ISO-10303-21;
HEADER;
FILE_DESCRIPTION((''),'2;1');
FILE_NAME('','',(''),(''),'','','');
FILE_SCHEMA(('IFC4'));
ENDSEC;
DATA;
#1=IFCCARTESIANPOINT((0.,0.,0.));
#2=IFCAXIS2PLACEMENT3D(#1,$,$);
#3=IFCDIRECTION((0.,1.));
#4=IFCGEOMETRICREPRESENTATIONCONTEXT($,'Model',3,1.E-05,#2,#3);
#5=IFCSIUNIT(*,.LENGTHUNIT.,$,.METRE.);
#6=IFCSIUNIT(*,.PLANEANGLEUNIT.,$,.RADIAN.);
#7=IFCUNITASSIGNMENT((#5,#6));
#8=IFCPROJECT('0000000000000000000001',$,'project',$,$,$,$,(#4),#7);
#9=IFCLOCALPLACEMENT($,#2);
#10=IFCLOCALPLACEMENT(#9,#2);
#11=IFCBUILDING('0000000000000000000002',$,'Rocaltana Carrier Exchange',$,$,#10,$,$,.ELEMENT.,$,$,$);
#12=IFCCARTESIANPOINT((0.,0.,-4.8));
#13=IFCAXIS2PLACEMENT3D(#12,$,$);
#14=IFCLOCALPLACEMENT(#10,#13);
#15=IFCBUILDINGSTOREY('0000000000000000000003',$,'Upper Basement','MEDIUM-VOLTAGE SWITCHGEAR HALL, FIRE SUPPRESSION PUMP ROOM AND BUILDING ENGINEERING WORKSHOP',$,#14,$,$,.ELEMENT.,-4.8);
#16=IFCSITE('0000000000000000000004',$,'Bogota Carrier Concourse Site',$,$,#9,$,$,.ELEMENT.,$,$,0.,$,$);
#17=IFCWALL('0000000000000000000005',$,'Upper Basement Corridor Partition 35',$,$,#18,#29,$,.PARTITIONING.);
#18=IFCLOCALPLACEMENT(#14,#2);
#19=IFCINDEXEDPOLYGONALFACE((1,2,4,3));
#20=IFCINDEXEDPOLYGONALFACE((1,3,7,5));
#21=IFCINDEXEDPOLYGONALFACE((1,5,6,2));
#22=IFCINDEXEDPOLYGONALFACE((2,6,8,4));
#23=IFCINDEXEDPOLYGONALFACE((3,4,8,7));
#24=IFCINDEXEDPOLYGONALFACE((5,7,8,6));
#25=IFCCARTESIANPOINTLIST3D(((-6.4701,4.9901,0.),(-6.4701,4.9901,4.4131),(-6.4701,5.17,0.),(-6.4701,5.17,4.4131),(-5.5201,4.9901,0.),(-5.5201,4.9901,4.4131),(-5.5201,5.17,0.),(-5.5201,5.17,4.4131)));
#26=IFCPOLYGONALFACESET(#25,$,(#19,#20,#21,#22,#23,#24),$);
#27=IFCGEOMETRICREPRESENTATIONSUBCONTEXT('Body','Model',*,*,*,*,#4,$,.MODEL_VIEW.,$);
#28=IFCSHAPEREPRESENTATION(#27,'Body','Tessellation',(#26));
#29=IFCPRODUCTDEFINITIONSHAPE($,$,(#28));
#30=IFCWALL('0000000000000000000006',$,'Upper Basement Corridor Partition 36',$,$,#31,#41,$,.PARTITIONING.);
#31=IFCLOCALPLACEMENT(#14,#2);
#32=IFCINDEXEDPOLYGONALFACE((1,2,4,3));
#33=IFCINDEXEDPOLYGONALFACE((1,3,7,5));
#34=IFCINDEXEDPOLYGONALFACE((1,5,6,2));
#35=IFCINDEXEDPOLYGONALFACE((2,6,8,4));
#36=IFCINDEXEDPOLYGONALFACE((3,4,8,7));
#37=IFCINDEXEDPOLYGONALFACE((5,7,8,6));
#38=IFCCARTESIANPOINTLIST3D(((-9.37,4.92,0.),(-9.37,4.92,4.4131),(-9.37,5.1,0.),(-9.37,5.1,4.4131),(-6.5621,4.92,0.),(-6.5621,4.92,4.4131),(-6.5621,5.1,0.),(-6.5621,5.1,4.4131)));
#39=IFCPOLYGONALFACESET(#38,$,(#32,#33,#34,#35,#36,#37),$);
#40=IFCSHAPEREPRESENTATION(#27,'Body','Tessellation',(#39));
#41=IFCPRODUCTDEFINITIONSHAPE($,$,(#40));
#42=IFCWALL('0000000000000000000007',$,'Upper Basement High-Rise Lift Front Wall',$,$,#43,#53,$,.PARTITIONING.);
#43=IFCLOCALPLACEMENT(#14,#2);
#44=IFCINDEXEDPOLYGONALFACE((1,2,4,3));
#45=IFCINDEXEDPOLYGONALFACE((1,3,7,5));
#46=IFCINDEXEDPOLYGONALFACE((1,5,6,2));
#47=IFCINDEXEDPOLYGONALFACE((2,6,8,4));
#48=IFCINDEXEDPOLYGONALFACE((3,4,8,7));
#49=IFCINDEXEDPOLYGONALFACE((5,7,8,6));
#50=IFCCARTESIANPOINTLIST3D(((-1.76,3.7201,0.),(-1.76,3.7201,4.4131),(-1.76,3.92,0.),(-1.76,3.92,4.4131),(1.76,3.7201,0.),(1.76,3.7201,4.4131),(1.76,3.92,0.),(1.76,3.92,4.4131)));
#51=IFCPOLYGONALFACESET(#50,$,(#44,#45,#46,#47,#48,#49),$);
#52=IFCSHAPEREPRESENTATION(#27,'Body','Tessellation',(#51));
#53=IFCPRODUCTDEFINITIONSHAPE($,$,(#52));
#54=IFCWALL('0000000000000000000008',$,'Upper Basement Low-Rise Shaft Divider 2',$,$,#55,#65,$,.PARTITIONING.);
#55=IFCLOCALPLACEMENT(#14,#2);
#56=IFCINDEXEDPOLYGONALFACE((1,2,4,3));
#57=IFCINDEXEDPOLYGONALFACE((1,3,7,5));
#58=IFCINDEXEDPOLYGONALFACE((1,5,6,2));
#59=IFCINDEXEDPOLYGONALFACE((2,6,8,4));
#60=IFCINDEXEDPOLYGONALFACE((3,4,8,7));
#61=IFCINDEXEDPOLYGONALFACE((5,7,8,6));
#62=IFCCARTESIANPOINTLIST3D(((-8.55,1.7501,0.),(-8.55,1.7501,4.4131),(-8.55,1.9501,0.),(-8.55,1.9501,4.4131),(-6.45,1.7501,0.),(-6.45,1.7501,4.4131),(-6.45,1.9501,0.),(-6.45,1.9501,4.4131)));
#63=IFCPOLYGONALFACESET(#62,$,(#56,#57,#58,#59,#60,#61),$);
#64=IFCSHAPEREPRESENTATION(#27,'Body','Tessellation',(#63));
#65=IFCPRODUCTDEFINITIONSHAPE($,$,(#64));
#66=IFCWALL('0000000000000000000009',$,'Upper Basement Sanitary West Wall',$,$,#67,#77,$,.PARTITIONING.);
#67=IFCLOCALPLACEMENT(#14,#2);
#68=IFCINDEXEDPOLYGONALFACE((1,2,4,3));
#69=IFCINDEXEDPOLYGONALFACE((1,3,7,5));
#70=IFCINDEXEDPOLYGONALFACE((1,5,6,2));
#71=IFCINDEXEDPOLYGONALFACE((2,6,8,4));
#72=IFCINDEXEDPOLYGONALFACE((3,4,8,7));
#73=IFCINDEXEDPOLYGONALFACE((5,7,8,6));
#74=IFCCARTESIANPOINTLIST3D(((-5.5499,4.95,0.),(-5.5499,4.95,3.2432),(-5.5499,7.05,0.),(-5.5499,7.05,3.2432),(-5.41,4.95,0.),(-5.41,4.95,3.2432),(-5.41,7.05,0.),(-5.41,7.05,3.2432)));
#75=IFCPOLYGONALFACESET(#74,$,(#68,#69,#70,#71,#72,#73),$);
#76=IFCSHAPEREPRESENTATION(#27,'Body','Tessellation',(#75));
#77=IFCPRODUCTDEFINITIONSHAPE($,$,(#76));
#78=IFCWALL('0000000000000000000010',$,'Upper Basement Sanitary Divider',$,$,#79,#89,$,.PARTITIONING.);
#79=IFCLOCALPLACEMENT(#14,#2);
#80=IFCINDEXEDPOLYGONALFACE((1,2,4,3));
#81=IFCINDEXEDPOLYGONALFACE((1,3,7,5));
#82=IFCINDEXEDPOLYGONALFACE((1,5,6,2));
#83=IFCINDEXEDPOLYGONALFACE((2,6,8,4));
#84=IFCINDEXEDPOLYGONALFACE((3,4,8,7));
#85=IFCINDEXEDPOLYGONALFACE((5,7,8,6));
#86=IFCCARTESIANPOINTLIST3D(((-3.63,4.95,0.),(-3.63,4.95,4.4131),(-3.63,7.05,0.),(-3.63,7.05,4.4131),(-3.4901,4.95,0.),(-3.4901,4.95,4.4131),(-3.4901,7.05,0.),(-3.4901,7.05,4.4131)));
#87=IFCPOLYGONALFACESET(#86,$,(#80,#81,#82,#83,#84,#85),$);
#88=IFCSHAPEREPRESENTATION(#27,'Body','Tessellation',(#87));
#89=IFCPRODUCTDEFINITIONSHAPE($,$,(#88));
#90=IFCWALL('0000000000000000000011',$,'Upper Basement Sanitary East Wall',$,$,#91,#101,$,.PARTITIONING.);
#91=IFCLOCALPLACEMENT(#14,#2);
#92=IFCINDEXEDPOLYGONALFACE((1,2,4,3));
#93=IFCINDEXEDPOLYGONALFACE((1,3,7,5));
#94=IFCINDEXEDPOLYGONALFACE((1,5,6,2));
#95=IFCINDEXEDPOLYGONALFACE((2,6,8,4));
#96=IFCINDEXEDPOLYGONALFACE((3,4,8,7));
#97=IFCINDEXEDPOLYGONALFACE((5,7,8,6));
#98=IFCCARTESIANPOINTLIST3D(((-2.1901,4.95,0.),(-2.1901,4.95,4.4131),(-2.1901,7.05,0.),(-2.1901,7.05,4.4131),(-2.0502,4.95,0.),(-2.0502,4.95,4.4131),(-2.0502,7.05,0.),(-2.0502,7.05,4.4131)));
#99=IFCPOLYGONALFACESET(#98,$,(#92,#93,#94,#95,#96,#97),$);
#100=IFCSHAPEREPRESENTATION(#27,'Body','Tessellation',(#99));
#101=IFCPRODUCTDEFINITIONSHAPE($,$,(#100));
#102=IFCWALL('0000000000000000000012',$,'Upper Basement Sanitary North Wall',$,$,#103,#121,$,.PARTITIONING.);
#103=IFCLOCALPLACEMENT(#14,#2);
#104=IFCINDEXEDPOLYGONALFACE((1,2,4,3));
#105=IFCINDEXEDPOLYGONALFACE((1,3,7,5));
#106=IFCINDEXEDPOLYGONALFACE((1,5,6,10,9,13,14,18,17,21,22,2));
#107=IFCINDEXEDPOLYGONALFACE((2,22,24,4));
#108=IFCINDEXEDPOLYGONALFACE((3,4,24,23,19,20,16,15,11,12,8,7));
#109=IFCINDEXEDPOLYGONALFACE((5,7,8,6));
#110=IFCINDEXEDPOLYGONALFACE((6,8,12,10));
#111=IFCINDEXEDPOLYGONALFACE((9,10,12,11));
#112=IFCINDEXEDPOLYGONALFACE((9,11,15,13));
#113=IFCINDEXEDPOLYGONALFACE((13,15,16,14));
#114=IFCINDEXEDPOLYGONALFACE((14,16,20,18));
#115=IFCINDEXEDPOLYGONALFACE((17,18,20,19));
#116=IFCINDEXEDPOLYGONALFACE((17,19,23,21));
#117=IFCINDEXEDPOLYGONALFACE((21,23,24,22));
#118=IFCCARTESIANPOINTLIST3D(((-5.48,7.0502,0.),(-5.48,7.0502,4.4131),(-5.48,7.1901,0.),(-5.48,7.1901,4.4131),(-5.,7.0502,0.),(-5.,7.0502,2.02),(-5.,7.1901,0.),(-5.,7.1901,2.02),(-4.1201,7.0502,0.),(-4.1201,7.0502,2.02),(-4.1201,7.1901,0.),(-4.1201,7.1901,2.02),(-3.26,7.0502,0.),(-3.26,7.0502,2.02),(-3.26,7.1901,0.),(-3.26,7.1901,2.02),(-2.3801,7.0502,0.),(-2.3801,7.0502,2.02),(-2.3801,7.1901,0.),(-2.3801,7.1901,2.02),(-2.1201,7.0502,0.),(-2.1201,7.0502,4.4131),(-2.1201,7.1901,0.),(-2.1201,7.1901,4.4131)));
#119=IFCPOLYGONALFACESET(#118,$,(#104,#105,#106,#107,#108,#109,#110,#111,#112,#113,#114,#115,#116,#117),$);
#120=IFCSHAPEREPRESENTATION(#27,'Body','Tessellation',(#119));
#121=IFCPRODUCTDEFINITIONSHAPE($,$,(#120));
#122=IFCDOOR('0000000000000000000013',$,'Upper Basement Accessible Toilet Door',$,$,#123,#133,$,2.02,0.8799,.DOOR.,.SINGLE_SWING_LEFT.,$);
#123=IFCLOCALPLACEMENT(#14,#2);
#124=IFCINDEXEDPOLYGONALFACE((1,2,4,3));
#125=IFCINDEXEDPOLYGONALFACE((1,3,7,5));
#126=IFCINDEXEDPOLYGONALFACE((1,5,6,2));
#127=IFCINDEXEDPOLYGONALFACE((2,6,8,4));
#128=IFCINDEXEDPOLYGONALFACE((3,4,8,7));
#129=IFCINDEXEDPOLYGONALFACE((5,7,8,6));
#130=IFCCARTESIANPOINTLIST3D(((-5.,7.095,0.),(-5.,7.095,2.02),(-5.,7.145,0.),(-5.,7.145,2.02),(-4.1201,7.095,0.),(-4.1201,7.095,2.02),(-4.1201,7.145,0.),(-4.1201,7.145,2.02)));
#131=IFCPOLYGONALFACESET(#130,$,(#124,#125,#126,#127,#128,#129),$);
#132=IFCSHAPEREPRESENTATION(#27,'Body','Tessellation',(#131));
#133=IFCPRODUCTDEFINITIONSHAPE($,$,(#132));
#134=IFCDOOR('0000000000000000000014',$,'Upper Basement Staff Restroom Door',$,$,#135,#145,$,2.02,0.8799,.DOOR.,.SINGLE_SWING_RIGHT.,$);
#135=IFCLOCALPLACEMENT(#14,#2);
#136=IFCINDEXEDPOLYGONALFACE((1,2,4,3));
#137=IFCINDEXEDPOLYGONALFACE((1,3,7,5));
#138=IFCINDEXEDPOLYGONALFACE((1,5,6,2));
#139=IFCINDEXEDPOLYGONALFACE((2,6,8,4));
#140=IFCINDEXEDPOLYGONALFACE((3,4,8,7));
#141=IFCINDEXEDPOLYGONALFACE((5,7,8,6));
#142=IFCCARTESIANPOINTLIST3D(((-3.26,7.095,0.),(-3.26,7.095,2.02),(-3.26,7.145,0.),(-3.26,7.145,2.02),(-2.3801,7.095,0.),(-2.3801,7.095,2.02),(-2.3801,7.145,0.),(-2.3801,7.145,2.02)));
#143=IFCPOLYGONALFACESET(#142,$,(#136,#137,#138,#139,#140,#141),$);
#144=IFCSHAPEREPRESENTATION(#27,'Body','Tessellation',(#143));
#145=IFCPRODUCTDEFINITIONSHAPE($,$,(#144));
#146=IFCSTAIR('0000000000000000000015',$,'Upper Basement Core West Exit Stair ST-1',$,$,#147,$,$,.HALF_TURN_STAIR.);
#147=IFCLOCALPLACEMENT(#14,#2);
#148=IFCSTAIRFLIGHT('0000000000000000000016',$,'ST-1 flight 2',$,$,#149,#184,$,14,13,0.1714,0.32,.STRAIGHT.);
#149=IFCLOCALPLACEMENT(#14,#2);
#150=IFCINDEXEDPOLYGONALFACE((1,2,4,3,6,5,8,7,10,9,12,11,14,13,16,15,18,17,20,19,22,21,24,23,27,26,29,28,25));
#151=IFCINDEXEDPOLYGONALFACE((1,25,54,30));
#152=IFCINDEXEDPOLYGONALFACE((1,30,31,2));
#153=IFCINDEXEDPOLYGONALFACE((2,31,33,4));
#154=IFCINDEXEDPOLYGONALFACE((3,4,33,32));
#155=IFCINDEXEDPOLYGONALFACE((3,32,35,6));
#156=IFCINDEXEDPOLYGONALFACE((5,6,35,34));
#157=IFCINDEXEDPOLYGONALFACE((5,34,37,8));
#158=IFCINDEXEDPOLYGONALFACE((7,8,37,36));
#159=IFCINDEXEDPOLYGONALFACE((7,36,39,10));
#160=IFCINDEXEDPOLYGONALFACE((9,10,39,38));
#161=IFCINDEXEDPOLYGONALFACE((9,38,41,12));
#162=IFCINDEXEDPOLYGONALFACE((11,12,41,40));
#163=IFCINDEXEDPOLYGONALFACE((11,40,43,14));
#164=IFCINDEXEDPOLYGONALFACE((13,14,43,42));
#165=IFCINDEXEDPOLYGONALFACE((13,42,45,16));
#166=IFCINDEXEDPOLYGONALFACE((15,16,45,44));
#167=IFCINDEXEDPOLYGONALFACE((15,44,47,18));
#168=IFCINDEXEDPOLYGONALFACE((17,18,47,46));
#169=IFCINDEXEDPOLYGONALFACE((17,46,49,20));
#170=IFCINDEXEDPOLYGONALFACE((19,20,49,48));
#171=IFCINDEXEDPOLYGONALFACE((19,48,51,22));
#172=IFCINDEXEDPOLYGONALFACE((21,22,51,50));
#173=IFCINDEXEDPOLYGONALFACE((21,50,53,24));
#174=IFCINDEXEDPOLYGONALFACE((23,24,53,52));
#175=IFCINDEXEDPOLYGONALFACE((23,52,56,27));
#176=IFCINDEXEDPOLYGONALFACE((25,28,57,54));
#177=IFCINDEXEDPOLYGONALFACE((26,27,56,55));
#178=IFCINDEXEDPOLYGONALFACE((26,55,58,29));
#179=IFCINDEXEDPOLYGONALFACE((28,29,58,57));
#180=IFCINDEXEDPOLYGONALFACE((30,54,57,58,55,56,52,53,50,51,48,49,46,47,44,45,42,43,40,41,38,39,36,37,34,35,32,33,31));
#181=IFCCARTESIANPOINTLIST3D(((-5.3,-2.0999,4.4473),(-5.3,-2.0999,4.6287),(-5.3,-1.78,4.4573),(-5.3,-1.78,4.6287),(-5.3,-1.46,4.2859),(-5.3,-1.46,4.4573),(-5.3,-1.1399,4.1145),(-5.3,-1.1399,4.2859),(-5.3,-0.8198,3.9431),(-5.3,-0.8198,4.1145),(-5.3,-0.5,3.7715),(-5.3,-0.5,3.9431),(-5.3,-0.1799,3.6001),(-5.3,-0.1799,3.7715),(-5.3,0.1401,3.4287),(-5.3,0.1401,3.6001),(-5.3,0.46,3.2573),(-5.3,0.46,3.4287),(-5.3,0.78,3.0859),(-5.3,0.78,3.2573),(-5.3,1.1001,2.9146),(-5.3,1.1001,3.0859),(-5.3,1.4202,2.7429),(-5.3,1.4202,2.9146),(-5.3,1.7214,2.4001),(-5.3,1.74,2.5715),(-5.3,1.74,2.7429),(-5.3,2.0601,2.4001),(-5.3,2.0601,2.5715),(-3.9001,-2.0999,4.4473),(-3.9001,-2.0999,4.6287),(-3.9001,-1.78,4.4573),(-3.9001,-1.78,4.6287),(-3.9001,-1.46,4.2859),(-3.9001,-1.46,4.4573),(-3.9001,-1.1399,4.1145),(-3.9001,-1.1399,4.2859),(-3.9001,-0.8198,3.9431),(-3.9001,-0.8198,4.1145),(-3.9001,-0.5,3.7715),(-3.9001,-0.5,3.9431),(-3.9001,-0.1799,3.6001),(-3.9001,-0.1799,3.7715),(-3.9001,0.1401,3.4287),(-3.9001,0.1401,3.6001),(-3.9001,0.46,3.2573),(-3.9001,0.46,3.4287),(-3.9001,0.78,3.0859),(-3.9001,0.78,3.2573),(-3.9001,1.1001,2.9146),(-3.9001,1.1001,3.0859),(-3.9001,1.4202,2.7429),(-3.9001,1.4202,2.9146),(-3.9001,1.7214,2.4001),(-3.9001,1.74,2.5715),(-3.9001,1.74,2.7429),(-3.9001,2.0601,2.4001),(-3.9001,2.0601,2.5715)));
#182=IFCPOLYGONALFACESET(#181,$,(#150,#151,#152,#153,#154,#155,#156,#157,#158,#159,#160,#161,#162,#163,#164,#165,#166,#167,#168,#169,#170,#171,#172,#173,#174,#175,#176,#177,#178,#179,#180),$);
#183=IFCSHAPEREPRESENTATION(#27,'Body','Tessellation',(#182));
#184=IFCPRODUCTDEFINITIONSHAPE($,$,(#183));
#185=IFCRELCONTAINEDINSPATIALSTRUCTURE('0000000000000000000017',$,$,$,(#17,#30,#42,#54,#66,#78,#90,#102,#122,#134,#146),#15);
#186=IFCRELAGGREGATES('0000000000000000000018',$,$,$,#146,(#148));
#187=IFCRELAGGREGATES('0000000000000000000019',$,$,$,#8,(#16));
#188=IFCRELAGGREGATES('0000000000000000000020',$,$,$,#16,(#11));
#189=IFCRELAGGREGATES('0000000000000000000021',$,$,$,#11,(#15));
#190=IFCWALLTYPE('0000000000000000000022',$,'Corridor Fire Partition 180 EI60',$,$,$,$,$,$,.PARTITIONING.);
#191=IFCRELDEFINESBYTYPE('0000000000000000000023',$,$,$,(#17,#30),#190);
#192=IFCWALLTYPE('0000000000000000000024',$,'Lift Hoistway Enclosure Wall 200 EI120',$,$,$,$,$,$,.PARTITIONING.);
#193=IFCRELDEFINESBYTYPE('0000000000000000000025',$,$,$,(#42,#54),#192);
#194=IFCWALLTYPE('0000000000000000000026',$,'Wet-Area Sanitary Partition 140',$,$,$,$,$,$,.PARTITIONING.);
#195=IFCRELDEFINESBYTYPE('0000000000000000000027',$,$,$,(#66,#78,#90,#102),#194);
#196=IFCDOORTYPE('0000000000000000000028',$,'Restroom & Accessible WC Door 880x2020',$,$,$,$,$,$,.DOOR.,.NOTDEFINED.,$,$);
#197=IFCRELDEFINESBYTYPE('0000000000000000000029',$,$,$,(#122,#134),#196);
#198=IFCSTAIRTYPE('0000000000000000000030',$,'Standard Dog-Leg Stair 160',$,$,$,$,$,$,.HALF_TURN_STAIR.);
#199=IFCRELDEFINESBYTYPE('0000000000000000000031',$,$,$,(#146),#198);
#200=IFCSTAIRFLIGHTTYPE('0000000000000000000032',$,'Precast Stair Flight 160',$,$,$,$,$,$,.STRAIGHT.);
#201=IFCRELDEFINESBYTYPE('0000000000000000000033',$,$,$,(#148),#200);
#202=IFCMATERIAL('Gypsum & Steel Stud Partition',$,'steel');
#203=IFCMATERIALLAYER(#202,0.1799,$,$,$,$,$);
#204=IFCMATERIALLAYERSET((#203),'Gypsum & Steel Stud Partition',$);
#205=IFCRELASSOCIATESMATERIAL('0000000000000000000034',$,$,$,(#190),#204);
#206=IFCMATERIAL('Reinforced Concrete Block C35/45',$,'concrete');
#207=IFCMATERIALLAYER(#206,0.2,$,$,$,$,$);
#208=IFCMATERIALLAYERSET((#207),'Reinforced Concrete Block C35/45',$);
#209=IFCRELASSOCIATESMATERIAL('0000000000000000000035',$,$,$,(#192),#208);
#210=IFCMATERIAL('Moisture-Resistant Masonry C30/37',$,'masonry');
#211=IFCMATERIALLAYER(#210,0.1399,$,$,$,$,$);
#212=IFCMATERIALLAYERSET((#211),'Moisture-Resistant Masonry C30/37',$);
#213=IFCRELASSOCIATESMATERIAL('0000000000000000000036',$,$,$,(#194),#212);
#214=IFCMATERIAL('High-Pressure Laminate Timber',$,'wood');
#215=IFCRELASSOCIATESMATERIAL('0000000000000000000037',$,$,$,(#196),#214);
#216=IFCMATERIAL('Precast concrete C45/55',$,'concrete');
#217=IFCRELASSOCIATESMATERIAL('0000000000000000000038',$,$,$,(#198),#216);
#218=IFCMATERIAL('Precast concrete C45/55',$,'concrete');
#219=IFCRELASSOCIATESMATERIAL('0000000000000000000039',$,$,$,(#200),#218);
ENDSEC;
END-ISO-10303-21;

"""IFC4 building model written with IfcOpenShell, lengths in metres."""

from ifc_helpers import new_model, si_unit, direction, frame, frame_2d, origin, place, context, subcontext, project, spatial, polyline, rectangle, outline, extrude, material, layer, layer_set, type_object, element, fill, aggregate, save


model = new_model("IFC4")

# Units and contexts
model_context = context("Model", 3, precision=1e-05, world=origin(), true_north=direction((0.0, 1.0)))
body_context = subcontext(model_context, "Body", "Model", "MODEL_VIEW")
ifc_project = project(units=[si_unit("LENGTHUNIT", "METRE"), si_unit("PLANEANGLEUNIT", "RADIAN")], contexts=[model_context])

# Site, building, storey
site_placement = place(None, origin())
site = spatial("IfcSite", under=ifc_project, at=site_placement, Name="Bogota Carrier Concourse Site", CompositionType="ELEMENT", RefElevation=0.0)
building_placement = place(site_placement, origin())
building = spatial("IfcBuilding", under=site, at=building_placement, Name="Rocaltana Carrier Exchange", CompositionType="ELEMENT")
storey_placement = place(building_placement, frame((0.0, 0.0, -4.8)))
storey = spatial("IfcBuildingStorey", under=building, at=storey_placement, Name="Upper Basement", Description="MEDIUM-VOLTAGE SWITCHGEAR HALL, FIRE SUPPRESSION PUMP ROOM AND BUILDING ENGINEERING WORKSHOP", CompositionType="ELEMENT", Elevation=-4.8)

# Walls
ifc_material_1 = material(Name="Gypsum & Steel Stud Partition", Category="steel")
ifc_layer_1 = layer(ifc_material_1, 0.1799)
ifc_layer_set_1 = layer_set([ifc_layer_1], Name="Gypsum & Steel Stud Partition")
wall_type_1 = type_object("IfcWallType", Name="Corridor Fire Partition 180 EI60", PredefinedType="PARTITIONING", material=ifc_layer_set_1)
wall_1_placement = place(storey_placement, frame((-5.52, 5.0801, 0.0), z_axis=(0.0, 0.0, 1.0), x_axis=(-1.0, 0.0, 0.0)))
element("IfcWall", 1, at=wall_1_placement, inside=storey, type_object=wall_type_1, Name="Upper Basement Corridor Partition 35", PredefinedType="PARTITIONING", context=body_context, shape_type="SweptSolid", body=[
    extrude(rectangle(XDim=0.95, YDim=0.1799, at=frame_2d((0.4751, 0.0))), origin(), (0.0, 0.0, 1.0), 4.4131),
])
wall_2_placement = place(storey_placement, frame((-6.5623, 5.01, 0.0), z_axis=(0.0, 0.0, 1.0), x_axis=(-1.0, 0.0, 0.0)))
element("IfcWall", 2, at=wall_2_placement, inside=storey, type_object=wall_type_1, Name="Upper Basement Corridor Partition 36", PredefinedType="PARTITIONING", context=body_context, shape_type="SweptSolid", body=[
    extrude(rectangle(XDim=2.8079, YDim=0.1799, at=frame_2d((1.4038, 0.0))), origin(), (0.0, 0.0, 1.0), 4.4131),
])
ifc_material_2 = material(Name="Reinforced Concrete Block C35/45", Category="concrete")
ifc_layer_2 = layer(ifc_material_2, 0.2)
ifc_layer_set_2 = layer_set([ifc_layer_2], Name="Reinforced Concrete Block C35/45")
wall_type_2 = type_object("IfcWallType", Name="Lift Hoistway Enclosure Wall 200 EI120", PredefinedType="PARTITIONING", material=ifc_layer_set_2)
wall_3_placement = place(storey_placement, frame((-1.76, 3.8201, 0.0), z_axis=(0.0, 0.0, 1.0), x_axis=(1.0, 0.0, 0.0)))
element("IfcWall", 3, at=wall_3_placement, inside=storey, type_object=wall_type_2, Name="Upper Basement High-Rise Lift Front Wall", PredefinedType="PARTITIONING", context=body_context, shape_type="SweptSolid", body=[
    extrude(rectangle(XDim=3.52, YDim=0.2, at=frame_2d((1.76, 0.0))), origin(), (0.0, 0.0, 1.0), 4.4131),
])
wall_4_placement = place(storey_placement, frame((-8.55, 1.8501, 0.0), z_axis=(0.0, 0.0, 1.0), x_axis=(1.0, 0.0, 0.0)))
element("IfcWall", 4, at=wall_4_placement, inside=storey, type_object=wall_type_2, Name="Upper Basement Low-Rise Shaft Divider 2", PredefinedType="PARTITIONING", context=body_context, shape_type="SweptSolid", body=[
    extrude(rectangle(XDim=2.1001, YDim=0.2, at=frame_2d((1.05, 0.0))), origin(), (0.0, 0.0, 1.0), 4.4131),
])
ifc_material_3 = material(Name="Moisture-Resistant Masonry C30/37", Category="masonry")
ifc_layer_3 = layer(ifc_material_3, 0.1399)
ifc_layer_set_3 = layer_set([ifc_layer_3], Name="Moisture-Resistant Masonry C30/37")
wall_type_3 = type_object("IfcWallType", Name="Wet-Area Sanitary Partition 140", PredefinedType="PARTITIONING", material=ifc_layer_set_3)
wall_5_placement = place(storey_placement, frame((-5.48, 4.95, 0.0), z_axis=(0.0, 0.0, 1.0), x_axis=(0.0, 1.0, 0.0)))
element("IfcWall", 5, at=wall_5_placement, inside=storey, type_object=wall_type_3, Name="Upper Basement Sanitary West Wall", PredefinedType="PARTITIONING", context=body_context, shape_type="SweptSolid", body=[
    extrude(rectangle(XDim=2.1001, YDim=0.1399, at=frame_2d((1.05, 0.0))), origin(), (0.0, 0.0, 1.0), 3.2432),
])
for number, where, z_axis, x_axis, name in (
    (6, (-3.5601, 4.95, 0.0), (0.0, 0.0, 1.0), (0.0, 1.0, 0.0), "Upper Basement Sanitary Divider"),
    (7, (-2.1201, 4.95, 0.0), (0.0, 0.0, 1.0), (0.0, 1.0, 0.0), "Upper Basement Sanitary East Wall"),
):
    element("IfcWall", number, at=place(storey_placement, frame(where, z_axis=z_axis, x_axis=x_axis)), inside=storey, type_object=wall_type_3, Name=name, PredefinedType="PARTITIONING", context=body_context, shape_type="SweptSolid", body=[
        extrude(rectangle(XDim=2.1001, YDim=0.1399, at=frame_2d((1.05, 0.0))), origin(), (0.0, 0.0, 1.0), 4.4131),
    ])

# Wall, openings, doors
wall_6_placement = place(storey_placement, frame((-5.48, 7.1201, 0.0), z_axis=(0.0, 0.0, 1.0), x_axis=(1.0, 0.0, 0.0)))
wall_6 = element("IfcWall", 8, at=wall_6_placement, inside=storey, type_object=wall_type_3, Name="Upper Basement Sanitary North Wall", PredefinedType="PARTITIONING", context=body_context, shape_type="SweptSolid", body=[
    extrude(rectangle(XDim=3.3599, YDim=0.1399, at=frame_2d((1.6799, 0.0))), origin(), (0.0, 0.0, 1.0), 4.4131),
])
opening_1_placement = place(wall_6_placement, frame((0.48, 0.0, 0.0)))
opening_1 = element("IfcOpeningElement", 9, at=opening_1_placement, cuts=wall_6, PredefinedType="OPENING", context=body_context, shape_type="SweptSolid", body=[
    extrude(rectangle(XDim=0.8799, YDim=2.02, at=frame_2d((0.4399, 1.01))), frame((0.0, 0.0798, 0.0), z_axis=(0.0, -1.0, 0.0), x_axis=(1.0, 0.0, 0.0)), (0.0, 0.0, 1.0), 0.1599),
])
opening_2_placement = place(wall_6_placement, frame((2.22, 0.0, 0.0)))
opening_2 = element("IfcOpeningElement", 10, at=opening_2_placement, cuts=wall_6, PredefinedType="OPENING", context=body_context, shape_type="SweptSolid", body=[
    extrude(rectangle(XDim=0.8799, YDim=2.02, at=frame_2d((0.4399, 1.01))), frame((0.0, 0.0798, 0.0), z_axis=(0.0, -1.0, 0.0), x_axis=(1.0, 0.0, 0.0)), (0.0, 0.0, 1.0), 0.1599),
])
ifc_material_4 = material(Name="High-Pressure Laminate Timber", Category="wood")
door_type = type_object("IfcDoorType", Name="Restroom & Accessible WC Door 880x2020", OperationType="NOTDEFINED", PredefinedType="DOOR", material=ifc_material_4)
door_1_placement = place(opening_1_placement, origin())
door_1 = element("IfcDoor", 11, at=door_1_placement, inside=storey, type_object=door_type, Name="Upper Basement Accessible Toilet Door", OperationType="SINGLE_SWING_LEFT", OverallHeight=2.02, OverallWidth=0.8799, PredefinedType="DOOR", context=body_context, shape_type="SweptSolid", body=[
    extrude(rectangle(XDim=0.8799, YDim=2.02, at=frame_2d((0.4399, 1.01))), frame((0.0, 0.0249, 0.0), z_axis=(0.0, -1.0, 0.0), x_axis=(1.0, 0.0, 0.0)), (0.0, 0.0, 1.0), 0.05),
])
fill(opening_1, door_1)
door_2_placement = place(opening_2_placement, origin())
door_2 = element("IfcDoor", 12, at=door_2_placement, inside=storey, type_object=door_type, Name="Upper Basement Staff Restroom Door", OperationType="SINGLE_SWING_RIGHT", OverallHeight=2.02, OverallWidth=0.8799, PredefinedType="DOOR", context=body_context, shape_type="SweptSolid", body=[
    extrude(rectangle(XDim=0.8799, YDim=2.02, at=frame_2d((0.4399, 1.01))), frame((0.0, 0.0249, 0.0), z_axis=(0.0, -1.0, 0.0), x_axis=(1.0, 0.0, 0.0)), (0.0, 0.0, 1.0), 0.05),
])
fill(opening_2, door_2)

# Stair, stair flight
ifc_material_5 = material(Name="Precast concrete C45/55", Category="concrete")
stair_type = type_object("IfcStairType", Name="Standard Dog-Leg Stair 160", PredefinedType="HALF_TURN_STAIR", material=ifc_material_5)
stair_placement = place(storey_placement, origin())
stair = element("IfcStair", 13, at=stair_placement, inside=storey, type_object=stair_type, Name="Upper Basement Core West Exit Stair ST-1", PredefinedType="HALF_TURN_STAIR")
ifc_material_6 = material(Name="Precast concrete C45/55", Category="concrete")
stair_flight_type = type_object("IfcStairFlightType", Name="Precast Stair Flight 160", PredefinedType="STRAIGHT", material=ifc_material_6)
stair_flight_placement = place(storey_placement, frame((-4.6001, 2.0601, 2.4001), z_axis=(0.0, 0.0, 1.0), x_axis=(0.0, -1.0, 0.0)))
stair_flight = element("IfcStairFlight", 14, at=stair_flight_placement, type_object=stair_flight_type, Name="ST-1 flight 2", NumberOfRisers=14, NumberOfTreads=13, PredefinedType="STRAIGHT", RiserHeight=0.1714, TreadLength=0.32, context=body_context, shape_type="SweptSolid", body=[
    extrude(outline(polyline([(0.0, 0.0), (0.0, 0.1714), (0.3201, 0.1714), (0.3201, 0.3428), (0.6399, 0.3428), (0.6399, 0.5144), (0.96, 0.5144), (0.96, 0.6858), (1.28, 0.6858), (1.28, 0.8572), (1.6001, 0.8572), (1.6001, 1.0286), (1.9199, 1.0286), (1.9199, 1.2), (2.24, 1.2), (2.24, 1.3713), (2.5601, 1.3713), (2.5601, 1.543), (2.8799, 1.543), (2.8799, 1.7144), (3.2, 1.7144), (3.2, 1.8857), (3.52, 1.8857), (3.52, 2.0571), (3.8401, 2.0571), (3.8401, 2.2285), (4.1599, 2.2285), (4.1599, 2.3999), (4.1599, 2.0471), (0.3386, 0.0), (0.0, 0.0)])), frame((0.0, 0.7, 0.0), z_axis=(0.0, -1.0, 0.0), x_axis=(1.0, 0.0, 0.0)), (0.0, 0.0, 1.0), 1.3999),
])
aggregate(stair, [stair_flight])

save(model, "model.ifc")
